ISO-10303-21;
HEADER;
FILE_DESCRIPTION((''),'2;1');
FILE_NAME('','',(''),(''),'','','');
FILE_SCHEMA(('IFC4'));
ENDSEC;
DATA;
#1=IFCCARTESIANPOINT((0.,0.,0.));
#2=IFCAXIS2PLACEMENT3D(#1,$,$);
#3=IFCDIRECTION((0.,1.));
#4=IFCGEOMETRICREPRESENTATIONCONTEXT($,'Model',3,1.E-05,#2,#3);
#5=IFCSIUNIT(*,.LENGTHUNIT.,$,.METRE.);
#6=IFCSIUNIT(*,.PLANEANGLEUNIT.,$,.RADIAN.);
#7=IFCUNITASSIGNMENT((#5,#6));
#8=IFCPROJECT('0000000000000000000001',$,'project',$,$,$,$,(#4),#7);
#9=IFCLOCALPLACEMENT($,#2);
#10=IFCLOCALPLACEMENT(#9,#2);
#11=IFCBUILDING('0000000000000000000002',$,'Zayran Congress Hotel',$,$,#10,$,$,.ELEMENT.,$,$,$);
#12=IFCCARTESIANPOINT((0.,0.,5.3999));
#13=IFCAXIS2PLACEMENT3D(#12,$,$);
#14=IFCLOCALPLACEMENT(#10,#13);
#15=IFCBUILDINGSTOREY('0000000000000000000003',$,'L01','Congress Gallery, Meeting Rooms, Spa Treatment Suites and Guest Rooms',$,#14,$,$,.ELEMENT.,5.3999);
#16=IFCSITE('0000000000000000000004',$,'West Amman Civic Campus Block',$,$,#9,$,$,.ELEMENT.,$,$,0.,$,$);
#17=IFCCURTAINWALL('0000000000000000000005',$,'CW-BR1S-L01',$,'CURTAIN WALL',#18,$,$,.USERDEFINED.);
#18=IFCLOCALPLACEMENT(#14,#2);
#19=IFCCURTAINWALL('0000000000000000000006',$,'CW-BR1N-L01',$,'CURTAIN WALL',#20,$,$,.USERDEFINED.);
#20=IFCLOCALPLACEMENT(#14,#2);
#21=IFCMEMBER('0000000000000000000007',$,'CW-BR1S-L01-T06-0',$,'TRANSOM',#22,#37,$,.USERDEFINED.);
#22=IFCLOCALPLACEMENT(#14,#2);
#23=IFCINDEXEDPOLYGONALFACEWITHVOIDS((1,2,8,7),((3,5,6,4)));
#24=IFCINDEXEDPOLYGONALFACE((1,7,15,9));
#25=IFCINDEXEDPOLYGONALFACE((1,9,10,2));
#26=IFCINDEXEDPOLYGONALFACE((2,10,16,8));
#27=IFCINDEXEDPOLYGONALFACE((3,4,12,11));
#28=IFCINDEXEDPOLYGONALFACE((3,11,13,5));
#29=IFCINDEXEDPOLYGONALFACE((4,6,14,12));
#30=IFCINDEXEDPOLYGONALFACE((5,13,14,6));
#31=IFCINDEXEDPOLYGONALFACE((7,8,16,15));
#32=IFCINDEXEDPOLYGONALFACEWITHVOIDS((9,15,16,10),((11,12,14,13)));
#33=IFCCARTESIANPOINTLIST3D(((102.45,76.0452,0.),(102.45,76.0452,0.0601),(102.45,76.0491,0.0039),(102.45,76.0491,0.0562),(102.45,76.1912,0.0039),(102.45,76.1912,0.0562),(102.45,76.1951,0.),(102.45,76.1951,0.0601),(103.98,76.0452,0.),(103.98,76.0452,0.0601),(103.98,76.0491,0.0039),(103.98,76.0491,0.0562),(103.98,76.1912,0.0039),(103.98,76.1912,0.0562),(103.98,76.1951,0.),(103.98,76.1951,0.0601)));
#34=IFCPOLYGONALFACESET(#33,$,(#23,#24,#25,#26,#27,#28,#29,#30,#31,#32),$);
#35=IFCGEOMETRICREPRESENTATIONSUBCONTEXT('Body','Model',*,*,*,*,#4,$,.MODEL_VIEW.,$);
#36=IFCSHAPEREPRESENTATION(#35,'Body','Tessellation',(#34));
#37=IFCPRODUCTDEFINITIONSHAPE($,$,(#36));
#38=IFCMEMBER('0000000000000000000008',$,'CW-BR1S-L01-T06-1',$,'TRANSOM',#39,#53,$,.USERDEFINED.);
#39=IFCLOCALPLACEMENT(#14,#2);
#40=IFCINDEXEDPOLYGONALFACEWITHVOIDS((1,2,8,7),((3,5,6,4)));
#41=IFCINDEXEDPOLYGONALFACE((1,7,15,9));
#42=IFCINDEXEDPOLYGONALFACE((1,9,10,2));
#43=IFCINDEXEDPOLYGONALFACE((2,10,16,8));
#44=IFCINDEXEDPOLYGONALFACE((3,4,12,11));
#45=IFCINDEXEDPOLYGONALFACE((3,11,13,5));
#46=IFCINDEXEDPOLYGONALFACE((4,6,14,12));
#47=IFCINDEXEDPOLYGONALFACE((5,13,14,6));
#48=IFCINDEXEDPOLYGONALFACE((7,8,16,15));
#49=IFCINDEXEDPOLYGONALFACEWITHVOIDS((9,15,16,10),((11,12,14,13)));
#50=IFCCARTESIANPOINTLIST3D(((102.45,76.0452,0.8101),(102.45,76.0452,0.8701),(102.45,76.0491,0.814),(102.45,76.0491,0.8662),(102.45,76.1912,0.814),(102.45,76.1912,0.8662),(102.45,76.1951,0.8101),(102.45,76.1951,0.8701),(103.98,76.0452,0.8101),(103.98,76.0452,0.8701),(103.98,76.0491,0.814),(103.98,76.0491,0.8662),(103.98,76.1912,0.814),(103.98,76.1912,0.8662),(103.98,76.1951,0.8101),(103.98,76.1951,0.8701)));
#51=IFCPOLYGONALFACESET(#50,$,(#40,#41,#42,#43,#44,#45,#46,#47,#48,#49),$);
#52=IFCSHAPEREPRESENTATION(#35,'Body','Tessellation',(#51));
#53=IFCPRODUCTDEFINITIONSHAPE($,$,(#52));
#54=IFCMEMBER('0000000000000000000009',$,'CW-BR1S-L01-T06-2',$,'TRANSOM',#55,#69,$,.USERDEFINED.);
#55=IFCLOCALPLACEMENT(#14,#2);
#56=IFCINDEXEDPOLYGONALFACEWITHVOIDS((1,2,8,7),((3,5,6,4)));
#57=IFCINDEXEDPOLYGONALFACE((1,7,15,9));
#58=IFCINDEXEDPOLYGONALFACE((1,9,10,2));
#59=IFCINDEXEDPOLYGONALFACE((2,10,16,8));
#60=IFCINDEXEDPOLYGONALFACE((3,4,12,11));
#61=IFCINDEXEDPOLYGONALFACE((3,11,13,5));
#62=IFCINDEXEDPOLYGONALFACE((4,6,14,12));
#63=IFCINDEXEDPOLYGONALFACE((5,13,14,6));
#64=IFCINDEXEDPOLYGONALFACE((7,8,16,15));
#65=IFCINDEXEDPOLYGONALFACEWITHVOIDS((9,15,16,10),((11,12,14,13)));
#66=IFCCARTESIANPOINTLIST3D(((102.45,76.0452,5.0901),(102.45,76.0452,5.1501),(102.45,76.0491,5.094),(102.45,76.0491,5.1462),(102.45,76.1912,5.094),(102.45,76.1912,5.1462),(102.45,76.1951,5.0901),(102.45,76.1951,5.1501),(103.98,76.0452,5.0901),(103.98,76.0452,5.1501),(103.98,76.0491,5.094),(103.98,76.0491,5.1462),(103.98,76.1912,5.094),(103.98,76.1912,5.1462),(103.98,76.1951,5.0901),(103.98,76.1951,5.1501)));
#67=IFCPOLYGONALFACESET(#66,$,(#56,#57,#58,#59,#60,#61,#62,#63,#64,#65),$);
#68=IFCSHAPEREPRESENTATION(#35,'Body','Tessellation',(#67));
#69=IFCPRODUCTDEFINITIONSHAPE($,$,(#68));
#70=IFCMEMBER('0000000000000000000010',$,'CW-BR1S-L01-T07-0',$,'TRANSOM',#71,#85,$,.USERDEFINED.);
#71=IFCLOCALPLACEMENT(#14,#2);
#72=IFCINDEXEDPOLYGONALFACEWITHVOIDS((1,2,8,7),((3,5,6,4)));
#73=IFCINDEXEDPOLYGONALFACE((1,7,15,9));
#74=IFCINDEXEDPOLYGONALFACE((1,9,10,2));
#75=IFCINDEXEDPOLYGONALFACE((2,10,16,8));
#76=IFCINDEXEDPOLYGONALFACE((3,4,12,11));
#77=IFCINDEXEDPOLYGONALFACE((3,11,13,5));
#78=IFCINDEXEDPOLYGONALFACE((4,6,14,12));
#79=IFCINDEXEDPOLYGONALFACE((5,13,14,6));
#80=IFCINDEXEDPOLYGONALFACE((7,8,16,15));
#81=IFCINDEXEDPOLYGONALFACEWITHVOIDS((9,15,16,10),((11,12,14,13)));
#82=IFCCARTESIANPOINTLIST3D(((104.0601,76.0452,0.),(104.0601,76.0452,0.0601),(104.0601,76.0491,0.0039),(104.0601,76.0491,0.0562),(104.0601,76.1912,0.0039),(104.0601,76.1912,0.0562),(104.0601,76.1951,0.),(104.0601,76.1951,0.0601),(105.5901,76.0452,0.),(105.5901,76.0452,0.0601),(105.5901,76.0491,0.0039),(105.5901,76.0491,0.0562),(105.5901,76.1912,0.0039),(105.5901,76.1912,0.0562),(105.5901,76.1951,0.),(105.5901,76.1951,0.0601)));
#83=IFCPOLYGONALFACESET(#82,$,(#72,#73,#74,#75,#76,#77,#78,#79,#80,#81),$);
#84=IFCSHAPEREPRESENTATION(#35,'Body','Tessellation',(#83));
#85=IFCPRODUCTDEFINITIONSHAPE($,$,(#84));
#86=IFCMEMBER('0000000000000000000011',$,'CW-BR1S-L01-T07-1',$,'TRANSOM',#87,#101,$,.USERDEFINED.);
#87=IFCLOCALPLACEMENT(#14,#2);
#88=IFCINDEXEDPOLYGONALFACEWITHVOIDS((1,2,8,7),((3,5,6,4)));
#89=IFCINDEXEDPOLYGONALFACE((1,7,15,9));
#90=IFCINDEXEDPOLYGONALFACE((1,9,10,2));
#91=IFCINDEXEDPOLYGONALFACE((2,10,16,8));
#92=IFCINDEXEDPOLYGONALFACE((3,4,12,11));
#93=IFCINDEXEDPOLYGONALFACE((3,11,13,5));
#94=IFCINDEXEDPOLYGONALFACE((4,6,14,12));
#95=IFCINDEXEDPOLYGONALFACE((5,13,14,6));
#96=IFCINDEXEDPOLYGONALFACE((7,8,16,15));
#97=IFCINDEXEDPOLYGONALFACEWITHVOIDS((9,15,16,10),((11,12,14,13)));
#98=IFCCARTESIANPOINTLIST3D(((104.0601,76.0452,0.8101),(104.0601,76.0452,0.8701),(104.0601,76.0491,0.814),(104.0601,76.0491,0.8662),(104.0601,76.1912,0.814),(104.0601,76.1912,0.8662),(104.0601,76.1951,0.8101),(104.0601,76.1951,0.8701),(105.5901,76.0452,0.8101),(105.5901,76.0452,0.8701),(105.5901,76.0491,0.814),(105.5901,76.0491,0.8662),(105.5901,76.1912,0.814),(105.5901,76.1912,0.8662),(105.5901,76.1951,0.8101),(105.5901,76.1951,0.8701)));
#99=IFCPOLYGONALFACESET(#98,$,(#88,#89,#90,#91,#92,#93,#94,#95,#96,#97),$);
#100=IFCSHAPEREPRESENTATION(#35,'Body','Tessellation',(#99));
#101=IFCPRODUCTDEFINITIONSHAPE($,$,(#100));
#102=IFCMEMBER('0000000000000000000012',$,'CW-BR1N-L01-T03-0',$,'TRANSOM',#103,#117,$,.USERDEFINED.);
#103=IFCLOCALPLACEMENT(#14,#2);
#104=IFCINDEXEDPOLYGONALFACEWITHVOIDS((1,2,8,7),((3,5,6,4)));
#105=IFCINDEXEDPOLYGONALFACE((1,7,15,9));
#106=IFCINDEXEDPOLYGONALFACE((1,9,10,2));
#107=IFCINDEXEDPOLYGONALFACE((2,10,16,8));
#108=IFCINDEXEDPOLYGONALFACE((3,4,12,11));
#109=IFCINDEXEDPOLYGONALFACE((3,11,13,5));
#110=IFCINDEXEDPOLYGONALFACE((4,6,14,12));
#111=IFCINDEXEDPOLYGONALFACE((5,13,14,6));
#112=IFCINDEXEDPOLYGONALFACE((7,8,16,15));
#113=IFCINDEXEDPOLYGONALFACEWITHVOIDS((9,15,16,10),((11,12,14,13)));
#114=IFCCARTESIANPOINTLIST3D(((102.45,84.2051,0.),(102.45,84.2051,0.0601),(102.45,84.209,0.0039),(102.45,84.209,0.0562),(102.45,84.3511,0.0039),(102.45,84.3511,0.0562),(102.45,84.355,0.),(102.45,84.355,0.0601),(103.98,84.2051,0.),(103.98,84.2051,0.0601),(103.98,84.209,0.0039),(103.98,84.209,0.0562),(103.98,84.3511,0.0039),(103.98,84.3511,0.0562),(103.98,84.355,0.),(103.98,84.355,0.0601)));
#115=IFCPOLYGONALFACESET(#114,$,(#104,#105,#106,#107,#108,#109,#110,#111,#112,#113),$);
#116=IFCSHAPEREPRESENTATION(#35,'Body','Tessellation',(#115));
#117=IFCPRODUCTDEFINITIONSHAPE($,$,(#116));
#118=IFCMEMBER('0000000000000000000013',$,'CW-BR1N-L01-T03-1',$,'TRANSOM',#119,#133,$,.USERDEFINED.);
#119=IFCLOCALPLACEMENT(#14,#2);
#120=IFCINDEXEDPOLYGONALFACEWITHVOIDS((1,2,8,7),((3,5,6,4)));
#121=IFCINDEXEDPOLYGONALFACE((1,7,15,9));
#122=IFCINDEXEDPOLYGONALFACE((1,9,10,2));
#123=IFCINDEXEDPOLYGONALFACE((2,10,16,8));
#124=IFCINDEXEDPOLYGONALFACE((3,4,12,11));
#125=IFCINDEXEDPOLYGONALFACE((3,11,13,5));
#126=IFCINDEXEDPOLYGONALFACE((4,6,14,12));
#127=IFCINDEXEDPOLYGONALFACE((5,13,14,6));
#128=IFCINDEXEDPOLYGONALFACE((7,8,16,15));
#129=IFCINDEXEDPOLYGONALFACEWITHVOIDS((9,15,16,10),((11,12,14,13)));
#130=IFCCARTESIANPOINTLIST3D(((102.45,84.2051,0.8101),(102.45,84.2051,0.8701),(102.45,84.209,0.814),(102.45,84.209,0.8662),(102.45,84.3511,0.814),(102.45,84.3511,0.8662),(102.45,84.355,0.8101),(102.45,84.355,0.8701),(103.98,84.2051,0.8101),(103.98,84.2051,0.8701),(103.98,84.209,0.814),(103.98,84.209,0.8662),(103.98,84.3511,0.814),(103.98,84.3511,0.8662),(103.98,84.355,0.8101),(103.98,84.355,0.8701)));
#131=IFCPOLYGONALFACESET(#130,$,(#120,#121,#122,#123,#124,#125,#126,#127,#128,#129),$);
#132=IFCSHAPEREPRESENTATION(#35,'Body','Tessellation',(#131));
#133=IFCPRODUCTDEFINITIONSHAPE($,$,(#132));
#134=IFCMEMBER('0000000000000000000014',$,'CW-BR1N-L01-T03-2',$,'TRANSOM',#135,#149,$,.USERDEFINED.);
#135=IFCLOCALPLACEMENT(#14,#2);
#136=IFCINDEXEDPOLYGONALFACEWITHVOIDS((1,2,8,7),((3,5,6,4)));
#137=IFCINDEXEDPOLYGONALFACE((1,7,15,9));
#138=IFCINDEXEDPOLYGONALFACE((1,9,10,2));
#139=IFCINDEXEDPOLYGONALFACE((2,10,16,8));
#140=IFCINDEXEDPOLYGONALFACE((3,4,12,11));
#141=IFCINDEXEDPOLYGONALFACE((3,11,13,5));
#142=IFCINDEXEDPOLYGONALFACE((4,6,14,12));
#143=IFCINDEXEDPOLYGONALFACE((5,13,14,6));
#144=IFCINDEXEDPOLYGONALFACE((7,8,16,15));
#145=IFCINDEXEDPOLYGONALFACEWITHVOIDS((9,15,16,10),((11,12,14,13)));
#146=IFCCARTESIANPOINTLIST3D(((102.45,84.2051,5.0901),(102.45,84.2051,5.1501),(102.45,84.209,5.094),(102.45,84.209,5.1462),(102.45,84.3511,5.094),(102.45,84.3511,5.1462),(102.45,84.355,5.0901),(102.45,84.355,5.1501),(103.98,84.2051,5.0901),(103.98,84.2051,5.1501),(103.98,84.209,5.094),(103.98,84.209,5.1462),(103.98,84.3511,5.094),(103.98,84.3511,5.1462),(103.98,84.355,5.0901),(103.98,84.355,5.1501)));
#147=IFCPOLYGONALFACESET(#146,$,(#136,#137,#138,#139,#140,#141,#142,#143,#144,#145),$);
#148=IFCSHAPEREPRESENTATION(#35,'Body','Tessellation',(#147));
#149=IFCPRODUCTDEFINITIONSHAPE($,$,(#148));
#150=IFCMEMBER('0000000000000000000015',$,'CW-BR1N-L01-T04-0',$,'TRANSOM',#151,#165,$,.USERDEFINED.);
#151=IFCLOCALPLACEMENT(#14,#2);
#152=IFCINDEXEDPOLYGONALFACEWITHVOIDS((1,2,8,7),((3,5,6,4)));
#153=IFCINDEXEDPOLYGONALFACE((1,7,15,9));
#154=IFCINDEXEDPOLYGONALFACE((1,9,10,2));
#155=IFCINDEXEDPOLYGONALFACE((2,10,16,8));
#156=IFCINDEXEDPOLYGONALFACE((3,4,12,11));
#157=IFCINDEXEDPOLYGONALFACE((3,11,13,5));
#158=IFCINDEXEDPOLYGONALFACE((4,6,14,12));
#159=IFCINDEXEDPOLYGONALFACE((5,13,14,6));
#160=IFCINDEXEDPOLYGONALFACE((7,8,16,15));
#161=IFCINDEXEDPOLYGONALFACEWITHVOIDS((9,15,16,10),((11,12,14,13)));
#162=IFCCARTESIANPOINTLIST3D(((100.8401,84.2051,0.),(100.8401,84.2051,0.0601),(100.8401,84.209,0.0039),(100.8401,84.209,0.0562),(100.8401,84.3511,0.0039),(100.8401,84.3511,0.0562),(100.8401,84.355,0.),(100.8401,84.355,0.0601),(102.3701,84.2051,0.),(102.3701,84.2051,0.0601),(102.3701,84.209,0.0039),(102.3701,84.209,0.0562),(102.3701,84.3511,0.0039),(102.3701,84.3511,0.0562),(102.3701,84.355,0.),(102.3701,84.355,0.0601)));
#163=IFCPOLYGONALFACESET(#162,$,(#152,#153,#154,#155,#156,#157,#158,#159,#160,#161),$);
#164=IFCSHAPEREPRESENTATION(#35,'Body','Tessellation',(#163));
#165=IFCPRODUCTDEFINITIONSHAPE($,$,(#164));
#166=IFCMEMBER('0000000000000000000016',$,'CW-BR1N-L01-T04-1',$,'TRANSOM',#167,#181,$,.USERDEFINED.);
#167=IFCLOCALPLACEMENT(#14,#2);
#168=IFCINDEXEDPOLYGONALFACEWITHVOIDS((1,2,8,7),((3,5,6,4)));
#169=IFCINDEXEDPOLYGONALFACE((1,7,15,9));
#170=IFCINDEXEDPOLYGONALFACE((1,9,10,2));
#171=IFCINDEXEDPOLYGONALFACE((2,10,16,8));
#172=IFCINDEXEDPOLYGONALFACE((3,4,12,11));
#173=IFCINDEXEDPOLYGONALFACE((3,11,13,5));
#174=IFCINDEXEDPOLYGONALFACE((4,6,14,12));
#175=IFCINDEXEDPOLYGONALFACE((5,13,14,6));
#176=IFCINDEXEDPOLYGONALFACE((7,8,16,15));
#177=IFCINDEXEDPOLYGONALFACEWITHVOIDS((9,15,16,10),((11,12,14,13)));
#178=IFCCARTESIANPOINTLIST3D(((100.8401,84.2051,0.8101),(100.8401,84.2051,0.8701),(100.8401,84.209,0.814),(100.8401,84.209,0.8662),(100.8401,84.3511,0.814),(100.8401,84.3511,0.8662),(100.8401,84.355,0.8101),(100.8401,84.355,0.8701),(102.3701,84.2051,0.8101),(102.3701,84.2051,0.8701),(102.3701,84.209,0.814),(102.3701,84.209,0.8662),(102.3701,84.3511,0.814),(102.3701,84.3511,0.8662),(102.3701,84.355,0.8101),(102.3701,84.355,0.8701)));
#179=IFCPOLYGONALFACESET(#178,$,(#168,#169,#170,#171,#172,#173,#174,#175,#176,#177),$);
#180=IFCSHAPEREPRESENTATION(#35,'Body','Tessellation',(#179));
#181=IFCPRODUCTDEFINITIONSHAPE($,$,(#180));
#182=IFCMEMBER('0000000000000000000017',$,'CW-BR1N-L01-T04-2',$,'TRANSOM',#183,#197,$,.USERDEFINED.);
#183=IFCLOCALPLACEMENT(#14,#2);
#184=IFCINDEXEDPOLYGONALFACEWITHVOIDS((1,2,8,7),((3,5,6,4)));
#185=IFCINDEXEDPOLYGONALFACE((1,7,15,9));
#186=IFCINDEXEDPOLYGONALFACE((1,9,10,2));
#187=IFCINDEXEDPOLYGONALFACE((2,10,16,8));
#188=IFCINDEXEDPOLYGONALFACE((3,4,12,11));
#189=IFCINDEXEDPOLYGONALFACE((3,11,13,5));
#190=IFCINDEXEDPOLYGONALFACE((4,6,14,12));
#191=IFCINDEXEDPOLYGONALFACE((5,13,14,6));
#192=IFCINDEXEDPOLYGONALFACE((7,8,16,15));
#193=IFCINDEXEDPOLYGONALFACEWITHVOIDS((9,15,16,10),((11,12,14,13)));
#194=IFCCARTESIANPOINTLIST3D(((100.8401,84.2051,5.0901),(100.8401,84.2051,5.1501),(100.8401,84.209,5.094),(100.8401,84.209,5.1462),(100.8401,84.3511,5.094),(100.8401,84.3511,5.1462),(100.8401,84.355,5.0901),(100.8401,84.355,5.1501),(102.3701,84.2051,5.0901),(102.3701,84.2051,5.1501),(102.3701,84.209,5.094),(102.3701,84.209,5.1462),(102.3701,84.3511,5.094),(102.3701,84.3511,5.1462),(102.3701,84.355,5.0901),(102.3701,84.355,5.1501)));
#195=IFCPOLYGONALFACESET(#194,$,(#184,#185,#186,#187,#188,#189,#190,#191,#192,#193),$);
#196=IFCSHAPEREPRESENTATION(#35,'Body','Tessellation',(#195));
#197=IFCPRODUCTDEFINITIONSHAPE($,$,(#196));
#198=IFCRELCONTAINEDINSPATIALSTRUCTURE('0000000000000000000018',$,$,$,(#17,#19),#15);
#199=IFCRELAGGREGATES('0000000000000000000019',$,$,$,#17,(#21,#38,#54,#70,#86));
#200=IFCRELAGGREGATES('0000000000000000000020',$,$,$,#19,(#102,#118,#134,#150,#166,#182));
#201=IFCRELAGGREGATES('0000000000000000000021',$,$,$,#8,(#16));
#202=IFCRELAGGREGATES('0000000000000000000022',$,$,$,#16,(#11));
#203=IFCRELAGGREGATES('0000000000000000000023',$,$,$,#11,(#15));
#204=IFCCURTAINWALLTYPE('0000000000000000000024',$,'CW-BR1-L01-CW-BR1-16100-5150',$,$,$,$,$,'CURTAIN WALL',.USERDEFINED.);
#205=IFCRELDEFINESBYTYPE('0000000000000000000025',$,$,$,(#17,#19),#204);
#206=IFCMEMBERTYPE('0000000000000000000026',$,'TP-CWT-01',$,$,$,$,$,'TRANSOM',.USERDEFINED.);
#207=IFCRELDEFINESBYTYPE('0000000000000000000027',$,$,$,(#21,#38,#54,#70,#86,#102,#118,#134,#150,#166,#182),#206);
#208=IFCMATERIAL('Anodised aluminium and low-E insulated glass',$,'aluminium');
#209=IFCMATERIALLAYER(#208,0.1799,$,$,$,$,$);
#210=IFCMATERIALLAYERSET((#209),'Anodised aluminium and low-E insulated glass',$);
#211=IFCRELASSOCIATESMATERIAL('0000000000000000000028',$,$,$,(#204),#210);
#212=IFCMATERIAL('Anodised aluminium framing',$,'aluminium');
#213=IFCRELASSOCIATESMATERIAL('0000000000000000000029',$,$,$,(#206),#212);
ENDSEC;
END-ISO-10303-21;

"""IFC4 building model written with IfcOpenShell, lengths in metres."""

from ifc_helpers import new_model, si_unit, direction, frame, origin, origin_2d, place, context, subcontext, project, spatial, hollow_rectangle, extrude, material, layer, layer_set, material_profile, profile_set, type_object, element, aggregate, save


model = new_model("IFC4")

# Units and contexts
model_context = context("Model", 3, precision=1e-05, world=origin(), true_north=direction((0.0, 1.0)))
body_context = subcontext(model_context, "Body", "Model", "MODEL_VIEW")
ifc_project = project(units=[si_unit("LENGTHUNIT", "METRE"), si_unit("PLANEANGLEUNIT", "RADIAN")], contexts=[model_context])

# Site, building, storey
site_placement = place(None, origin())
site = spatial("IfcSite", under=ifc_project, at=site_placement, Name="West Amman Civic Campus Block", CompositionType="ELEMENT", RefElevation=0.0)
building_placement = place(site_placement, origin())
building = spatial("IfcBuilding", under=site, at=building_placement, Name="Zayran Congress Hotel", CompositionType="ELEMENT")
storey_placement = place(building_placement, frame((0.0, 0.0, 5.3999)))
storey = spatial("IfcBuildingStorey", under=building, at=storey_placement, Name="L01", Description="Congress Gallery, Meeting Rooms, Spa Treatment Suites and Guest Rooms", CompositionType="ELEMENT", Elevation=5.3999)

# Curtain walls
ifc_material_1 = material(Name="Anodised aluminium and low-E insulated glass", Category="aluminium")
ifc_layer_1 = layer(ifc_material_1, 0.1799)
ifc_layer_set_1 = layer_set([ifc_layer_1], Name="Anodised aluminium and low-E insulated glass")
curtain_wall_type = type_object("IfcCurtainWallType", Name="CW-BR1-L01-CW-BR1-16100-5150", ElementType="CURTAIN WALL", PredefinedType="USERDEFINED", material=ifc_layer_set_1)
curtain_wall_1_placement = place(storey_placement, origin())
curtain_wall_1 = element("IfcCurtainWall", 1, at=curtain_wall_1_placement, inside=storey, type_object=curtain_wall_type, Name="CW-BR1S-L01", ObjectType="CURTAIN WALL", PredefinedType="USERDEFINED")
ifc_material_2 = material(Name="Anodised aluminium framing", Category="aluminium")
curtain_wall_2_placement = place(storey_placement, origin())
curtain_wall_2 = element("IfcCurtainWall", 2, at=curtain_wall_2_placement, inside=storey, type_object=curtain_wall_type, Name="CW-BR1N-L01", ObjectType="CURTAIN WALL", PredefinedType="USERDEFINED")

# Members
ifc_material_profile_1 = material_profile(ifc_material_2, hollow_rectangle(XDim=0.0601, YDim=0.1499, WallThickness=0.0039, at=origin_2d()), Name="RHS 150x60x4")
ifc_profile_set_1 = profile_set([ifc_material_profile_1], Name="Anodised aluminium framing")
member_type_1 = type_object("IfcMemberType", Name="TP-CWT-01", ElementType="TRANSOM", PredefinedType="USERDEFINED", material=ifc_profile_set_1)
member_1_placement = place(storey_placement, frame((102.45, 76.1201, 0.03), z_axis=(1.0, 0.0, 0.0), x_axis=(0.0, 0.0, 1.0)))
member_1 = element("IfcMember", 3, at=member_1_placement, type_object=member_type_1, Name="CW-BR1S-L01-T06-0", ObjectType="TRANSOM", PredefinedType="USERDEFINED", context=body_context, shape_type="SweptSolid", body=[
    extrude(hollow_rectangle(XDim=0.0601, YDim=0.1499, WallThickness=0.0039, at=origin_2d()), origin(), (0.0, 0.0, 1.0), 1.53),
])
member_2_placement = place(storey_placement, frame((102.45, 76.1201, 0.8401), z_axis=(1.0, 0.0, 0.0), x_axis=(0.0, 0.0, 1.0)))
member_2 = element("IfcMember", 4, at=member_2_placement, type_object=member_type_1, Name="CW-BR1S-L01-T06-1", ObjectType="TRANSOM", PredefinedType="USERDEFINED", context=body_context, shape_type="SweptSolid", body=[
    extrude(hollow_rectangle(XDim=0.0601, YDim=0.1499, WallThickness=0.0039, at=origin_2d()), origin(), (0.0, 0.0, 1.0), 1.53),
])
member_3_placement = place(storey_placement, frame((102.45, 76.1201, 5.1201), z_axis=(1.0, 0.0, 0.0), x_axis=(0.0, 0.0, 1.0)))
member_3 = element("IfcMember", 5, at=member_3_placement, type_object=member_type_1, Name="CW-BR1S-L01-T06-2", ObjectType="TRANSOM", PredefinedType="USERDEFINED", context=body_context, shape_type="SweptSolid", body=[
    extrude(hollow_rectangle(XDim=0.0601, YDim=0.1499, WallThickness=0.0039, at=origin_2d()), origin(), (0.0, 0.0, 1.0), 1.53),
])
member_4_placement = place(storey_placement, frame((104.0601, 76.1201, 0.03), z_axis=(1.0, 0.0, 0.0), x_axis=(0.0, 0.0, 1.0)))
member_4 = element("IfcMember", 6, at=member_4_placement, type_object=member_type_1, Name="CW-BR1S-L01-T07-0", ObjectType="TRANSOM", PredefinedType="USERDEFINED", context=body_context, shape_type="SweptSolid", body=[
    extrude(hollow_rectangle(XDim=0.0601, YDim=0.1499, WallThickness=0.0039, at=origin_2d()), origin(), (0.0, 0.0, 1.0), 1.53),
])
member_5_placement = place(storey_placement, frame((104.0601, 76.1201, 0.8401), z_axis=(1.0, 0.0, 0.0), x_axis=(0.0, 0.0, 1.0)))
member_5 = element("IfcMember", 7, at=member_5_placement, type_object=member_type_1, Name="CW-BR1S-L01-T07-1", ObjectType="TRANSOM", PredefinedType="USERDEFINED", context=body_context, shape_type="SweptSolid", body=[
    extrude(hollow_rectangle(XDim=0.0601, YDim=0.1499, WallThickness=0.0039, at=origin_2d()), origin(), (0.0, 0.0, 1.0), 1.53),
])
member_6_placement = place(storey_placement, frame((103.98, 84.28, 0.03), z_axis=(-1.0, 0.0, 0.0), x_axis=(0.0, 0.0, 1.0)))
member_6 = element("IfcMember", 8, at=member_6_placement, type_object=member_type_1, Name="CW-BR1N-L01-T03-0", ObjectType="TRANSOM", PredefinedType="USERDEFINED", context=body_context, shape_type="SweptSolid", body=[
    extrude(hollow_rectangle(XDim=0.0601, YDim=0.1499, WallThickness=0.0039, at=origin_2d()), origin(), (0.0, 0.0, 1.0), 1.53),
])
member_7_placement = place(storey_placement, frame((103.98, 84.28, 0.8401), z_axis=(-1.0, 0.0, 0.0), x_axis=(0.0, 0.0, 1.0)))
member_7 = element("IfcMember", 9, at=member_7_placement, type_object=member_type_1, Name="CW-BR1N-L01-T03-1", ObjectType="TRANSOM", PredefinedType="USERDEFINED", context=body_context, shape_type="SweptSolid", body=[
    extrude(hollow_rectangle(XDim=0.0601, YDim=0.1499, WallThickness=0.0039, at=origin_2d()), origin(), (0.0, 0.0, 1.0), 1.53),
])
member_8_placement = place(storey_placement, frame((103.98, 84.28, 5.1201), z_axis=(-1.0, 0.0, 0.0), x_axis=(0.0, 0.0, 1.0)))
member_8 = element("IfcMember", 10, at=member_8_placement, type_object=member_type_1, Name="CW-BR1N-L01-T03-2", ObjectType="TRANSOM", PredefinedType="USERDEFINED", context=body_context, shape_type="SweptSolid", body=[
    extrude(hollow_rectangle(XDim=0.0601, YDim=0.1499, WallThickness=0.0039, at=origin_2d()), origin(), (0.0, 0.0, 1.0), 1.53),
])
member_9_placement = place(storey_placement, frame((102.3701, 84.28, 0.03), z_axis=(-1.0, 0.0, 0.0), x_axis=(0.0, 0.0, 1.0)))
member_9 = element("IfcMember", 11, at=member_9_placement, type_object=member_type_1, Name="CW-BR1N-L01-T04-0", ObjectType="TRANSOM", PredefinedType="USERDEFINED", context=body_context, shape_type="SweptSolid", body=[
    extrude(hollow_rectangle(XDim=0.0601, YDim=0.1499, WallThickness=0.0039, at=origin_2d()), origin(), (0.0, 0.0, 1.0), 1.53),
])
member_10_placement = place(storey_placement, frame((102.3701, 84.28, 0.8401), z_axis=(-1.0, 0.0, 0.0), x_axis=(0.0, 0.0, 1.0)))
member_10 = element("IfcMember", 12, at=member_10_placement, type_object=member_type_1, Name="CW-BR1N-L01-T04-1", ObjectType="TRANSOM", PredefinedType="USERDEFINED", context=body_context, shape_type="SweptSolid", body=[
    extrude(hollow_rectangle(XDim=0.0601, YDim=0.1499, WallThickness=0.0039, at=origin_2d()), origin(), (0.0, 0.0, 1.0), 1.53),
])
member_11_placement = place(storey_placement, frame((102.3701, 84.28, 5.1201), z_axis=(-1.0, 0.0, 0.0), x_axis=(0.0, 0.0, 1.0)))
member_11 = element("IfcMember", 13, at=member_11_placement, type_object=member_type_1, Name="CW-BR1N-L01-T04-2", ObjectType="TRANSOM", PredefinedType="USERDEFINED", context=body_context, shape_type="SweptSolid", body=[
    extrude(hollow_rectangle(XDim=0.0601, YDim=0.1499, WallThickness=0.0039, at=origin_2d()), origin(), (0.0, 0.0, 1.0), 1.53),
])

aggregate(curtain_wall_1, [member_1, member_2, member_3, member_4, member_5])
aggregate(curtain_wall_2, [member_6, member_7, member_8, member_9, member_10, member_11])

save(model, "model.ifc")
